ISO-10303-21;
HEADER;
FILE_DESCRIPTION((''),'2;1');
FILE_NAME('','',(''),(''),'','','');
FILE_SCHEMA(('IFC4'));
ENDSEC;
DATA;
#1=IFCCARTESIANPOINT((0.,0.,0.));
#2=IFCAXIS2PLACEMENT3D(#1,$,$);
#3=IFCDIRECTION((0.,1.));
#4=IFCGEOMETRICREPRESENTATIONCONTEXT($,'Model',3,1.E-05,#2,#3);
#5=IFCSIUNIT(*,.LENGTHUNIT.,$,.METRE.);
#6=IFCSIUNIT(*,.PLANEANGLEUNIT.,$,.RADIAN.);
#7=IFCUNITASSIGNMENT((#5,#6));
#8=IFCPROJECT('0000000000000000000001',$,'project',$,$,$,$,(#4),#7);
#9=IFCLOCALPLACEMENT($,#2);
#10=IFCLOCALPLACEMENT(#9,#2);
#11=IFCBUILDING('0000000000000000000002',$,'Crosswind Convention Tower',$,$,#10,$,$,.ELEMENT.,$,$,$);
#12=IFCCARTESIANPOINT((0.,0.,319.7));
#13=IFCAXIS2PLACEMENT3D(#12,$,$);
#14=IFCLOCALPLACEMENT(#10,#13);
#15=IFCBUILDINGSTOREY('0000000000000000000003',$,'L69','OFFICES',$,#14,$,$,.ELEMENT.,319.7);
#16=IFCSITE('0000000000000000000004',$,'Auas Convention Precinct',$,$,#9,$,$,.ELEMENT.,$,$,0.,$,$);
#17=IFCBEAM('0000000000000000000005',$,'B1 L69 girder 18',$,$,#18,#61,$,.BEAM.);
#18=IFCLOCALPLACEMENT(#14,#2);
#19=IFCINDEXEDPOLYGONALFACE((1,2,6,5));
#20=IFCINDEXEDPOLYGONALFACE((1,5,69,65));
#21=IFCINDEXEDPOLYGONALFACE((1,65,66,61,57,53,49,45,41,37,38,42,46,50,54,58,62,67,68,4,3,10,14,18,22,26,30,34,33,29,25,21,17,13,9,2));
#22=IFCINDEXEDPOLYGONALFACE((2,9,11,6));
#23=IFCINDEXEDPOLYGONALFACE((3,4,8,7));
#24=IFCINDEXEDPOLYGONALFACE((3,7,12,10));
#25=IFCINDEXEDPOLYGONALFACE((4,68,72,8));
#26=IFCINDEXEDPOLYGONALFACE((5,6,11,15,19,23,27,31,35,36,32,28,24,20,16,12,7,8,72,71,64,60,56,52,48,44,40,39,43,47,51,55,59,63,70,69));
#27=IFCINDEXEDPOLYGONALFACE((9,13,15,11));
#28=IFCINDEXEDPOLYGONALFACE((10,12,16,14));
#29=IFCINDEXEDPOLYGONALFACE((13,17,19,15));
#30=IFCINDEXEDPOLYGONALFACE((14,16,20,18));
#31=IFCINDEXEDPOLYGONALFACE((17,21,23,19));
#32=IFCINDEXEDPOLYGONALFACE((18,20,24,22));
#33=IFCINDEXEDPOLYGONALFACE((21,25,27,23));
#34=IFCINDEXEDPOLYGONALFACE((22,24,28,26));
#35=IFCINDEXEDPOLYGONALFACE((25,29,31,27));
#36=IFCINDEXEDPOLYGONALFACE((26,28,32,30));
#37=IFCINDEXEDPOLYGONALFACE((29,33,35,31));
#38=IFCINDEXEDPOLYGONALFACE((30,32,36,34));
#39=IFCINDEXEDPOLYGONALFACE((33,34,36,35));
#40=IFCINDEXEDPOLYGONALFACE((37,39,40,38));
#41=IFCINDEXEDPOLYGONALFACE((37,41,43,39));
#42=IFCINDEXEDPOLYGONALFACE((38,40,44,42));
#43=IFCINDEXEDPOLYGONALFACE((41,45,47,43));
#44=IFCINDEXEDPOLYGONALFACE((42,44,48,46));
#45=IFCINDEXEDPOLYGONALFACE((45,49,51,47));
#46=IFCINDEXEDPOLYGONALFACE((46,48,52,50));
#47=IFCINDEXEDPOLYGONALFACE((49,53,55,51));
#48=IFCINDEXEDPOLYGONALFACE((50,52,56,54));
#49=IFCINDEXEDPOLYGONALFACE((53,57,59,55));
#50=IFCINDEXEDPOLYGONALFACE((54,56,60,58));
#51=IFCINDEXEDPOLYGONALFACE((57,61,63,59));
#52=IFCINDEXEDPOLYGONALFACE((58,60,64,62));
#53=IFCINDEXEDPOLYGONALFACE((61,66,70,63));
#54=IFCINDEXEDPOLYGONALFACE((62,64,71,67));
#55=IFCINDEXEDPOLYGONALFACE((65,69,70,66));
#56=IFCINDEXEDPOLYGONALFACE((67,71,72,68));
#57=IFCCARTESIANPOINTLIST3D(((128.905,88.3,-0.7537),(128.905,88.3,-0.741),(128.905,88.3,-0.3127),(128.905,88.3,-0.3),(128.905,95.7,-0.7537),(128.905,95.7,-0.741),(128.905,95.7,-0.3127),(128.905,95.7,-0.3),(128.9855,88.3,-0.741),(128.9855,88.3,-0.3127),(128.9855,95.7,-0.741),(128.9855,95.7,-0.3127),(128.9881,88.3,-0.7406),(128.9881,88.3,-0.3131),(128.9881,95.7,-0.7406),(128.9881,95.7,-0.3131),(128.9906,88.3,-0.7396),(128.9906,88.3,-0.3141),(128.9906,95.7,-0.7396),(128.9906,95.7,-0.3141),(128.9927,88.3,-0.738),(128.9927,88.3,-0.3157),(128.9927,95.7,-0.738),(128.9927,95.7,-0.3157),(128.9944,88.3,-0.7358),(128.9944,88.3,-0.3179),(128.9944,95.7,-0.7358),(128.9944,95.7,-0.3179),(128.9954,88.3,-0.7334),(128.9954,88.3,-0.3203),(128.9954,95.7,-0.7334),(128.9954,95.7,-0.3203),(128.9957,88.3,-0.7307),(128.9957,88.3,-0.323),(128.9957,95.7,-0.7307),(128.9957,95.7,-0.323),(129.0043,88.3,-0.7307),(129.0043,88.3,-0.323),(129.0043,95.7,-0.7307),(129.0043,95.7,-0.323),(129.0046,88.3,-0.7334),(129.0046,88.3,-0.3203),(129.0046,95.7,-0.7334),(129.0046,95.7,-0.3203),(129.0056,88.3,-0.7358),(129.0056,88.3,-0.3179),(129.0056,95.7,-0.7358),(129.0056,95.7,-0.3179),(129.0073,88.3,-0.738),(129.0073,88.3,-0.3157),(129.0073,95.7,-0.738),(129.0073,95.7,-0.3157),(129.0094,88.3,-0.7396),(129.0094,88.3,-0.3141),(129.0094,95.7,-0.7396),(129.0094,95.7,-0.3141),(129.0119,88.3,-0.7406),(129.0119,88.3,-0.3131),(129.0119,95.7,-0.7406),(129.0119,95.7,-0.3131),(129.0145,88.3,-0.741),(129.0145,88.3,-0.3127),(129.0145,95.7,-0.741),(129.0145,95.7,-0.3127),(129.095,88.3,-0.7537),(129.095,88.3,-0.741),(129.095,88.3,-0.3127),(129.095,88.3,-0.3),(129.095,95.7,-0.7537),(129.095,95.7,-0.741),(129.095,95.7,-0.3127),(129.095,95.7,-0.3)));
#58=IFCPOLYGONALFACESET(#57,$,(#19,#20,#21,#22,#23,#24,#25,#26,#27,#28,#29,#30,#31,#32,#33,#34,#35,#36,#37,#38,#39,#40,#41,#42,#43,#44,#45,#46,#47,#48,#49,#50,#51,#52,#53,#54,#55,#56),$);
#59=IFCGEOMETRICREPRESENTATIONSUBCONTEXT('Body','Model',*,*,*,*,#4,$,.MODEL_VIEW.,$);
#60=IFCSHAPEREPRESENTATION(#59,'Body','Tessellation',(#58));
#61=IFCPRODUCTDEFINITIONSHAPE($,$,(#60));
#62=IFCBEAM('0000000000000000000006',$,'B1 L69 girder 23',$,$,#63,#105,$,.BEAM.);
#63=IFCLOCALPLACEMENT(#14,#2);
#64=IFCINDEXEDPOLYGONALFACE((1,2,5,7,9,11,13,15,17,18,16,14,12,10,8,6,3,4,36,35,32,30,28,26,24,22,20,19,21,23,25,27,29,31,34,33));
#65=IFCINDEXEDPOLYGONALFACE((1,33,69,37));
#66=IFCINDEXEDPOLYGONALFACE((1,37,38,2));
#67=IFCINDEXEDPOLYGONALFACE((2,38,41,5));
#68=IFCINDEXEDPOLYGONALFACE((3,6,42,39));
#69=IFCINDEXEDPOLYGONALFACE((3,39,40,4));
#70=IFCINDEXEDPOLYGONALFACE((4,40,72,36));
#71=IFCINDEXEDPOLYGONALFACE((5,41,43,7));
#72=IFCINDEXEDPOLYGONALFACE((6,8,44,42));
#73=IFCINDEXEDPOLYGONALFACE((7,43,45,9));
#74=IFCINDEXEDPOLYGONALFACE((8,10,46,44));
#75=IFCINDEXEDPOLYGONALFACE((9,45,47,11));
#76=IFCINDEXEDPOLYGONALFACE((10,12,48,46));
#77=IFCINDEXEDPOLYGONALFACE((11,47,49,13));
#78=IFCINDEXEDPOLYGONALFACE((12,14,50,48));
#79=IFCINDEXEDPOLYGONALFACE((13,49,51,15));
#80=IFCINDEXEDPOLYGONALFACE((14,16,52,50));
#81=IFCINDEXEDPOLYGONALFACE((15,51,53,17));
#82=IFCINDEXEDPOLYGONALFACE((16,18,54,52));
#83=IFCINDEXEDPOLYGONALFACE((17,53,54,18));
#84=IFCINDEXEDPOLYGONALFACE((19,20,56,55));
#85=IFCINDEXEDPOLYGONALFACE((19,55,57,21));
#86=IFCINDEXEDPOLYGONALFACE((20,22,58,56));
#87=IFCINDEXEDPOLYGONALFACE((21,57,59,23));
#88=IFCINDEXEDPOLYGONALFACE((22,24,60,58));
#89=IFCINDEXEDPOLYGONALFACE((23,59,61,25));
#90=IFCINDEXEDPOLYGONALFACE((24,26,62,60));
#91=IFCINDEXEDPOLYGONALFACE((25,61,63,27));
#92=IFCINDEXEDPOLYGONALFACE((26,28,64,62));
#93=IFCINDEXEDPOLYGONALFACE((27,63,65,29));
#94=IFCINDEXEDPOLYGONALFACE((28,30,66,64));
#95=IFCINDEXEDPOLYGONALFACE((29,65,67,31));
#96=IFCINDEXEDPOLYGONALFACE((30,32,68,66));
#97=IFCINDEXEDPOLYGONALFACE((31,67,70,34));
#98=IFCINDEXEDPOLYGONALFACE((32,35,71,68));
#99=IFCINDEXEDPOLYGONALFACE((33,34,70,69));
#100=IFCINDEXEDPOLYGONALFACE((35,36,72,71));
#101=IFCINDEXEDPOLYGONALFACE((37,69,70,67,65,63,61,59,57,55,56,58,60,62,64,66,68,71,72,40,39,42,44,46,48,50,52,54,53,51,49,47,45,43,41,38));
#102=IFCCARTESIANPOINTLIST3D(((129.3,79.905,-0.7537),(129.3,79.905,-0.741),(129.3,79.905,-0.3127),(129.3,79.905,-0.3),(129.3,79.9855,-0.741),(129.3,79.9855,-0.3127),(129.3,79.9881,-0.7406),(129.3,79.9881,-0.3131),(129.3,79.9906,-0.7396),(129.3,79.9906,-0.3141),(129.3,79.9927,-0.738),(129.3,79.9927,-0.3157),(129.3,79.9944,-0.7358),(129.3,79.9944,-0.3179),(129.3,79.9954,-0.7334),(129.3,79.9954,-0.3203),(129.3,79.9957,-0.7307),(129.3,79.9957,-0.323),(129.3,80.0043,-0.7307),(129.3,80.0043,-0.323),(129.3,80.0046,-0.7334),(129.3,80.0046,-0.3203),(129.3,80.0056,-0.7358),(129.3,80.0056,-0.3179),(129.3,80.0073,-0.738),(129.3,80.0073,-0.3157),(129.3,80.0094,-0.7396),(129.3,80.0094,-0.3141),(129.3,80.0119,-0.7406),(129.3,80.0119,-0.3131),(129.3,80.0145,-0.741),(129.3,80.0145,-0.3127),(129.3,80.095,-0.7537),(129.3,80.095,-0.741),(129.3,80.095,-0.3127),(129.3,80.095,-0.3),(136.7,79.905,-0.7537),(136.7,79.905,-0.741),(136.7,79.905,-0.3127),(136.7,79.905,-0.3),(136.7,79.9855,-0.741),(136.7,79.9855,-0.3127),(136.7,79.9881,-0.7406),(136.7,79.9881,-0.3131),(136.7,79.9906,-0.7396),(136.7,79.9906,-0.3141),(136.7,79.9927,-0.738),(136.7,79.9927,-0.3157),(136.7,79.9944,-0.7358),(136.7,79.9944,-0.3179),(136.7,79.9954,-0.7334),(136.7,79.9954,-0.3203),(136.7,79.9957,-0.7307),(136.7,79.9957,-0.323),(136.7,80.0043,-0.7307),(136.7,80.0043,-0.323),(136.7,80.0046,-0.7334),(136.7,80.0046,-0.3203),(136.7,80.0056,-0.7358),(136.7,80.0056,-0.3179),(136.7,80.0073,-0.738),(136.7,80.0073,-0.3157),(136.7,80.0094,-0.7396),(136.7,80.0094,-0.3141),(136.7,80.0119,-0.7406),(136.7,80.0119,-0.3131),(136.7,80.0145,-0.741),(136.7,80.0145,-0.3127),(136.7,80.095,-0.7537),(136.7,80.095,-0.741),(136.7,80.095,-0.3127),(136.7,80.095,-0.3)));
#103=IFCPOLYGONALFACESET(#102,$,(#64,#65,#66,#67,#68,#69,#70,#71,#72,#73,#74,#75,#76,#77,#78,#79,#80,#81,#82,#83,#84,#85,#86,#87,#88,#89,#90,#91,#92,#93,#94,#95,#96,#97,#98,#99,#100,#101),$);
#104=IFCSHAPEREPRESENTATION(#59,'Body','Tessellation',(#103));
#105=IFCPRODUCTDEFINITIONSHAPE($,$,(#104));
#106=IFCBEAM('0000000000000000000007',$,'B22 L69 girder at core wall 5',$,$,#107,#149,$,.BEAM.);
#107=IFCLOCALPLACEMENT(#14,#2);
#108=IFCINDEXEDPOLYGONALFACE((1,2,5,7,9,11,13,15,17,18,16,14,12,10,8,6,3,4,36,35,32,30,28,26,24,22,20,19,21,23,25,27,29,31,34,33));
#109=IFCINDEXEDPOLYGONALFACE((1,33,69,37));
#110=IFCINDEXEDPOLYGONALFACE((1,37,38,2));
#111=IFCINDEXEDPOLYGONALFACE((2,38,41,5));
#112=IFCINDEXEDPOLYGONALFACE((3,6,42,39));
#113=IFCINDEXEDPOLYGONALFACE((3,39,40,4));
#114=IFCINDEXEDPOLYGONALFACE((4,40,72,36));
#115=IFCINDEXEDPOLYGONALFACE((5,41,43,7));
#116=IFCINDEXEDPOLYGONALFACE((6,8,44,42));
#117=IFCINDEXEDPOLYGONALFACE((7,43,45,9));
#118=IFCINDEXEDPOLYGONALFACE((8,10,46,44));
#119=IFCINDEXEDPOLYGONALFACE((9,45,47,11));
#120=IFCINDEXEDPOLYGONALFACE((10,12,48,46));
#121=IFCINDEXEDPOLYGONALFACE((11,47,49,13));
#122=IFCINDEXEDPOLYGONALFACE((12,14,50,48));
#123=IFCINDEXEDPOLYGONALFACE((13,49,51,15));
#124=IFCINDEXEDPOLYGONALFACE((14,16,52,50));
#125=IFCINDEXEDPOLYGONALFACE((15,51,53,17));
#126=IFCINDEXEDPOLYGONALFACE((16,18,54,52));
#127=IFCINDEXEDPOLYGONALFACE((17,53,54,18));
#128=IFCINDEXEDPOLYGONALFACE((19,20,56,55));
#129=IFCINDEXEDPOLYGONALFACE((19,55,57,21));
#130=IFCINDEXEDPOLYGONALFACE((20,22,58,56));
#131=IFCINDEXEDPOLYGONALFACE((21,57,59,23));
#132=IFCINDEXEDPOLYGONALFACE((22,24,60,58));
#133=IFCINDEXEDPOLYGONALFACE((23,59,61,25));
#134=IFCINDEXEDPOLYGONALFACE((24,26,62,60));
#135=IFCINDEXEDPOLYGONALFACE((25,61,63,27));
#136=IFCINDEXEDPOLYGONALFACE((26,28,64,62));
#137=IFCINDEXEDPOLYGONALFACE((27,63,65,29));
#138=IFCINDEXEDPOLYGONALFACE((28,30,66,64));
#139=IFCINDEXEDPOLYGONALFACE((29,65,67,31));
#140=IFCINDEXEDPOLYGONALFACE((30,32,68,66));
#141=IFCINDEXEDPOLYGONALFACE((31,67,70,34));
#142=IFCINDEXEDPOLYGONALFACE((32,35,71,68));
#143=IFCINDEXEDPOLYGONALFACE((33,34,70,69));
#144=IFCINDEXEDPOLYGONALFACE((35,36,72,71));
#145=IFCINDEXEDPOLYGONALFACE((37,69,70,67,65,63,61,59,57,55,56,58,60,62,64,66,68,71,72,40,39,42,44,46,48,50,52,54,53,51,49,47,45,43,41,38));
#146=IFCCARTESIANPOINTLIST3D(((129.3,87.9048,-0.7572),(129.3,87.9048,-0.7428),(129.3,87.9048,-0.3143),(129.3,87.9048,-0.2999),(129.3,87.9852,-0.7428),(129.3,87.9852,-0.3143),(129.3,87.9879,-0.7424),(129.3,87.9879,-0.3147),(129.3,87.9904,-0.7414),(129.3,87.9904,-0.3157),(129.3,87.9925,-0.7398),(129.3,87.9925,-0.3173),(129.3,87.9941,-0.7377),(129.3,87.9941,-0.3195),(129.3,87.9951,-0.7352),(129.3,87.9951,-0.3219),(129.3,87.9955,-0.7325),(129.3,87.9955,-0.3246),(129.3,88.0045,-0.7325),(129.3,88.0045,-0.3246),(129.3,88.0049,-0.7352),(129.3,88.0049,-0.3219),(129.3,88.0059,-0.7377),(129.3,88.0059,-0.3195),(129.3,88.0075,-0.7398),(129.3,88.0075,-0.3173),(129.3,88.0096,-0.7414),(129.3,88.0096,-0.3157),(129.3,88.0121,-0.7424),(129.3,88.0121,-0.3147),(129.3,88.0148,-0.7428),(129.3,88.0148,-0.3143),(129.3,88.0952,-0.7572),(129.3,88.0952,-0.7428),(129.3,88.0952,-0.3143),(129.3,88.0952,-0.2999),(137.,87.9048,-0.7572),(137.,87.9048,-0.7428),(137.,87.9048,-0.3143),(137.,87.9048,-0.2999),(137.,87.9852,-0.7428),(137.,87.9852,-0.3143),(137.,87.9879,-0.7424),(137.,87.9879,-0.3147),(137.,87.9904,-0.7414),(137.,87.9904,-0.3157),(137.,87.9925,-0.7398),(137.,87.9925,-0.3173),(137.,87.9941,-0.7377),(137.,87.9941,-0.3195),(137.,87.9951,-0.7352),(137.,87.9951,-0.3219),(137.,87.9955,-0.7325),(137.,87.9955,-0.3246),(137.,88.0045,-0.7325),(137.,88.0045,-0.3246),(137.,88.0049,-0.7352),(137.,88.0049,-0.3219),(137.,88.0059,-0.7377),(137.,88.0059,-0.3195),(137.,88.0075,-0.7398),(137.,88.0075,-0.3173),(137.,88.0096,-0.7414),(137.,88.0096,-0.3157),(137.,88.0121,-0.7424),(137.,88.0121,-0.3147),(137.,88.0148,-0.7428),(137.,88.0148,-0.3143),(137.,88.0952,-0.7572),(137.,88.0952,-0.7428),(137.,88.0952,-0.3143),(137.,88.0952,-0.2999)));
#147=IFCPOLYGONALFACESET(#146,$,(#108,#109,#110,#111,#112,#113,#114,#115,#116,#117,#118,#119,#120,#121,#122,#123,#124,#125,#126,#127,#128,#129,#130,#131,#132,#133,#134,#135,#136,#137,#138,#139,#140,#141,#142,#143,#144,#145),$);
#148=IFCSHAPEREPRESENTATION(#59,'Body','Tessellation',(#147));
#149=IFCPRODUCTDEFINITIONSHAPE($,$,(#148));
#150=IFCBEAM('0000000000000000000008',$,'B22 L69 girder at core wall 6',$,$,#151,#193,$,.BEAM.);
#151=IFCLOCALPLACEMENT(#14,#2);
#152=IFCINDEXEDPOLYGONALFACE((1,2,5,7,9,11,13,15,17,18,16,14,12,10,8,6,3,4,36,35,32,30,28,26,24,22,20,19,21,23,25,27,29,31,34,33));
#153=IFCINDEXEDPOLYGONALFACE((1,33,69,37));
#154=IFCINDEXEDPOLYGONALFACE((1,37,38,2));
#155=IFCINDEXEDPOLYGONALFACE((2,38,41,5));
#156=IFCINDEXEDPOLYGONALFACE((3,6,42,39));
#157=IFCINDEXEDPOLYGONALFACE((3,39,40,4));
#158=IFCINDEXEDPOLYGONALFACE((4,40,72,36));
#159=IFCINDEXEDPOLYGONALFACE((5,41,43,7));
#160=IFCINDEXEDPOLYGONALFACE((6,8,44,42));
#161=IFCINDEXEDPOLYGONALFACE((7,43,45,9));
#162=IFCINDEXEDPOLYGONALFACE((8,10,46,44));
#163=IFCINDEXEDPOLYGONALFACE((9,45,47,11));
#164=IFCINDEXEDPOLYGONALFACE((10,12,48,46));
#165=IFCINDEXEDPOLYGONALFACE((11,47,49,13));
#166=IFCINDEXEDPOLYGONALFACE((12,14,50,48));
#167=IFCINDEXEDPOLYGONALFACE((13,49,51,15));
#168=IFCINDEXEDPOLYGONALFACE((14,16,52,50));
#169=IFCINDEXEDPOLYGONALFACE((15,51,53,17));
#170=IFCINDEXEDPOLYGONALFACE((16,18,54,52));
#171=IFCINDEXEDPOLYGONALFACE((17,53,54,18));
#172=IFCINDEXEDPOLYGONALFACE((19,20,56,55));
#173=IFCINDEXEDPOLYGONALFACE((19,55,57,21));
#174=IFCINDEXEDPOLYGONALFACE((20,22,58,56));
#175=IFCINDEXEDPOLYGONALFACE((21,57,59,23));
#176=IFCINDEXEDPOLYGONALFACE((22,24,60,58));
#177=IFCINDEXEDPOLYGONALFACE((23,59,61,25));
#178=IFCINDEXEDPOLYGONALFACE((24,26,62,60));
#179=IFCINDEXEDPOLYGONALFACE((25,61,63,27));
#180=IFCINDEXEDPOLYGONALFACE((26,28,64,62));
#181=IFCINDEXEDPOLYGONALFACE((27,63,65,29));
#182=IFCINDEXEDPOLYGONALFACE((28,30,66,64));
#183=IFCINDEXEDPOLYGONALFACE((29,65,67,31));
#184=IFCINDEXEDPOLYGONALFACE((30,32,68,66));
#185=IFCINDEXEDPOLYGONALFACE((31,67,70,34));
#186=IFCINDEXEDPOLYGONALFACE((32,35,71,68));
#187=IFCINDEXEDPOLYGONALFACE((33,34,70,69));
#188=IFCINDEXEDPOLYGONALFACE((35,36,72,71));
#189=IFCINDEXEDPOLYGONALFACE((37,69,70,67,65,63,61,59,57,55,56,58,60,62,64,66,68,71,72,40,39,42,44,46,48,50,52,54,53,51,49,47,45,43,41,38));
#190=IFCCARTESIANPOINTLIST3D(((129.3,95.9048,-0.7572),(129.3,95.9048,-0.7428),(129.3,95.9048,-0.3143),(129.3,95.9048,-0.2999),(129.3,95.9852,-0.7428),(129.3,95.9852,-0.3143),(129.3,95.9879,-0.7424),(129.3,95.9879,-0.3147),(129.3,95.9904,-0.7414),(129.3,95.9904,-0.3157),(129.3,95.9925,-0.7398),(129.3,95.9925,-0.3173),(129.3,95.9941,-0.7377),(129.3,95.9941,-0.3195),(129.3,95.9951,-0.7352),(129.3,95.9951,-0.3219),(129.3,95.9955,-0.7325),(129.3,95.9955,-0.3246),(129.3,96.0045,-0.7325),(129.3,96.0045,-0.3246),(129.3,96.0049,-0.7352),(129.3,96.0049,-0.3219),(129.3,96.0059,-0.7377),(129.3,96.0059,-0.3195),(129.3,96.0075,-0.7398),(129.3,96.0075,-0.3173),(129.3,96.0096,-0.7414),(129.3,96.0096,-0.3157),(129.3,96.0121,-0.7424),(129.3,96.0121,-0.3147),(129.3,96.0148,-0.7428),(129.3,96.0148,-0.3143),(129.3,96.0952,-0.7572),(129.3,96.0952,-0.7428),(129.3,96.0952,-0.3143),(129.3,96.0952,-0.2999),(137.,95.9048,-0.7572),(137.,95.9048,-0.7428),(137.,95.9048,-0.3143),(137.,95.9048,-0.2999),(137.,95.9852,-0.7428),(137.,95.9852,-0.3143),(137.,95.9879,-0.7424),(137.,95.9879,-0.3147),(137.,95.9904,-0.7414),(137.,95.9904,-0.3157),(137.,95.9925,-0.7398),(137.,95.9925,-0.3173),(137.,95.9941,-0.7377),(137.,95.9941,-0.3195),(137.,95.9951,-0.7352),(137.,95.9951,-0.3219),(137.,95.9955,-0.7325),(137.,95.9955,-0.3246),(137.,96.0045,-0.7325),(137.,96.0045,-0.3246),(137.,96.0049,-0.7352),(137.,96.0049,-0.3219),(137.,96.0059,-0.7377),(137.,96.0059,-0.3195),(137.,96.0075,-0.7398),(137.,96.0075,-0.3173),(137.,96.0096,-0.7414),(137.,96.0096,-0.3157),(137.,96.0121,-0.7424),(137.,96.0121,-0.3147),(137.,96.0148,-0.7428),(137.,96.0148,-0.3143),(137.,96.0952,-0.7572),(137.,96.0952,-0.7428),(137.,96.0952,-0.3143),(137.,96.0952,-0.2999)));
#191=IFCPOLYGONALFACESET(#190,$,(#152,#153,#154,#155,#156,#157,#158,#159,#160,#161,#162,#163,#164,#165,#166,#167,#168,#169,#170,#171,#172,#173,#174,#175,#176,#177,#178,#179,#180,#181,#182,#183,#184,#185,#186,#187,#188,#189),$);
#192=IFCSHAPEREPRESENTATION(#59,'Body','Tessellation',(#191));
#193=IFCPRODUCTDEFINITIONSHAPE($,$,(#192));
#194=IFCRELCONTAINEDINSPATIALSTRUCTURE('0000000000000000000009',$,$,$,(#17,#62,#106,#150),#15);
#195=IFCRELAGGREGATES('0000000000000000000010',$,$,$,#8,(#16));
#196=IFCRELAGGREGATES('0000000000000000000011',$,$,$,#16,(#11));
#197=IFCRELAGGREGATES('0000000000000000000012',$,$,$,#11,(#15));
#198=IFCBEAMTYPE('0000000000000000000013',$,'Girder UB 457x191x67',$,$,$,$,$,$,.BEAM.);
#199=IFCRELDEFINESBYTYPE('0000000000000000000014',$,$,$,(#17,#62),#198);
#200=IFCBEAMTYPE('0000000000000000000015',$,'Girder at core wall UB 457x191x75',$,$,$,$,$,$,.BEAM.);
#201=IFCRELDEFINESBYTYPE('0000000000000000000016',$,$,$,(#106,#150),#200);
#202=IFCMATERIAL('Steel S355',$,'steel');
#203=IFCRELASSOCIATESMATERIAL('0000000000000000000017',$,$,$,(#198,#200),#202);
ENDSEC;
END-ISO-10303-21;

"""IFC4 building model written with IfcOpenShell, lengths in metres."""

from ifc_helpers import new_model, si_unit, direction, frame, origin, origin_2d, place, context, subcontext, project, spatial, i_section, extrude, material, material_profile, profile_set, type_object, element, save


model = new_model("IFC4")

# Units and contexts
model_context = context("Model", 3, precision=1e-05, world=origin(), true_north=direction((0.0, 1.0)))
body_context = subcontext(model_context, "Body", "Model", "MODEL_VIEW")
ifc_project = project(units=[si_unit("LENGTHUNIT", "METRE"), si_unit("PLANEANGLEUNIT", "RADIAN")], contexts=[model_context])

# Site, building, storey
site_placement = place(None, origin())
site = spatial("IfcSite", under=ifc_project, at=site_placement, Name="Auas Convention Precinct", CompositionType="ELEMENT", RefElevation=0.0)
building_placement = place(site_placement, origin())
building = spatial("IfcBuilding", under=site, at=building_placement, Name="Crosswind Convention Tower", CompositionType="ELEMENT")
storey_placement = place(building_placement, frame((0.0, 0.0, 319.7)))
storey = spatial("IfcBuildingStorey", under=building, at=storey_placement, Name="L69", Description="OFFICES", CompositionType="ELEMENT", Elevation=319.7)

# Beams
ifc_material_1 = material(Name="Steel S355", Category="steel")
ifc_material_profile_1 = material_profile(ifc_material_1, i_section(OverallWidth=0.1899, OverallDepth=0.4536, WebThickness=0.0085, FlangeThickness=0.0127, FilletRadius=0.0103, at=origin_2d()), Name="UB 457x191x67")
ifc_profile_set_1 = profile_set([ifc_material_profile_1], Name="Steel S355")
beam_type_1 = type_object("IfcBeamType", Name="Girder UB 457x191x67", PredefinedType="BEAM", material=ifc_profile_set_1)
for number, where, z_axis, x_axis, name in (
    (1, (129.0, 88.3, -0.5269), (0.0, 1.0, 0.0), (-1.0, 0.0, 0.0), "B1 L69 girder 18"),
    (2, (129.3, 80.0, -0.5269), (1.0, 0.0, 0.0), (0.0, 1.0, 0.0), "B1 L69 girder 23"),
):
    element("IfcBeam", number, at=place(storey_placement, frame(where, z_axis=z_axis, x_axis=x_axis)), inside=storey, type_object=beam_type_1, Name=name, PredefinedType="BEAM", context=body_context, shape_type="SweptSolid", body=[
        extrude(i_section(OverallWidth=0.1899, OverallDepth=0.4536, WebThickness=0.0085, FlangeThickness=0.0127, FilletRadius=0.0103, at=origin_2d()), origin(), (0.0, 0.0, 1.0), 7.3999),
    ])
ifc_material_profile_2 = material_profile(ifc_material_1, i_section(OverallWidth=0.1904, OverallDepth=0.4573, WebThickness=0.009, FlangeThickness=0.0144, FilletRadius=0.0103, at=origin_2d()), Name="UB 457x191x75")
ifc_profile_set_2 = profile_set([ifc_material_profile_2], Name="Steel S355")
beam_type_2 = type_object("IfcBeamType", Name="Girder at core wall UB 457x191x75", PredefinedType="BEAM", material=ifc_profile_set_2)
for number, where, z_axis, x_axis, name in (
    (3, (129.3, 88.0, -0.5286), (1.0, 0.0, 0.0), (0.0, 1.0, 0.0), "B22 L69 girder at core wall 5"),
    (4, (129.3, 96.0, -0.5286), (1.0, 0.0, 0.0), (0.0, 1.0, 0.0), "B22 L69 girder at core wall 6"),
):
    element("IfcBeam", number, at=place(storey_placement, frame(where, z_axis=z_axis, x_axis=x_axis)), inside=storey, type_object=beam_type_2, Name=name, PredefinedType="BEAM", context=body_context, shape_type="SweptSolid", body=[
        extrude(i_section(OverallWidth=0.1904, OverallDepth=0.4573, WebThickness=0.009, FlangeThickness=0.0144, FilletRadius=0.0103, at=origin_2d()), origin(), (0.0, 0.0, 1.0), 7.7),
    ])

save(model, "model.ifc")
